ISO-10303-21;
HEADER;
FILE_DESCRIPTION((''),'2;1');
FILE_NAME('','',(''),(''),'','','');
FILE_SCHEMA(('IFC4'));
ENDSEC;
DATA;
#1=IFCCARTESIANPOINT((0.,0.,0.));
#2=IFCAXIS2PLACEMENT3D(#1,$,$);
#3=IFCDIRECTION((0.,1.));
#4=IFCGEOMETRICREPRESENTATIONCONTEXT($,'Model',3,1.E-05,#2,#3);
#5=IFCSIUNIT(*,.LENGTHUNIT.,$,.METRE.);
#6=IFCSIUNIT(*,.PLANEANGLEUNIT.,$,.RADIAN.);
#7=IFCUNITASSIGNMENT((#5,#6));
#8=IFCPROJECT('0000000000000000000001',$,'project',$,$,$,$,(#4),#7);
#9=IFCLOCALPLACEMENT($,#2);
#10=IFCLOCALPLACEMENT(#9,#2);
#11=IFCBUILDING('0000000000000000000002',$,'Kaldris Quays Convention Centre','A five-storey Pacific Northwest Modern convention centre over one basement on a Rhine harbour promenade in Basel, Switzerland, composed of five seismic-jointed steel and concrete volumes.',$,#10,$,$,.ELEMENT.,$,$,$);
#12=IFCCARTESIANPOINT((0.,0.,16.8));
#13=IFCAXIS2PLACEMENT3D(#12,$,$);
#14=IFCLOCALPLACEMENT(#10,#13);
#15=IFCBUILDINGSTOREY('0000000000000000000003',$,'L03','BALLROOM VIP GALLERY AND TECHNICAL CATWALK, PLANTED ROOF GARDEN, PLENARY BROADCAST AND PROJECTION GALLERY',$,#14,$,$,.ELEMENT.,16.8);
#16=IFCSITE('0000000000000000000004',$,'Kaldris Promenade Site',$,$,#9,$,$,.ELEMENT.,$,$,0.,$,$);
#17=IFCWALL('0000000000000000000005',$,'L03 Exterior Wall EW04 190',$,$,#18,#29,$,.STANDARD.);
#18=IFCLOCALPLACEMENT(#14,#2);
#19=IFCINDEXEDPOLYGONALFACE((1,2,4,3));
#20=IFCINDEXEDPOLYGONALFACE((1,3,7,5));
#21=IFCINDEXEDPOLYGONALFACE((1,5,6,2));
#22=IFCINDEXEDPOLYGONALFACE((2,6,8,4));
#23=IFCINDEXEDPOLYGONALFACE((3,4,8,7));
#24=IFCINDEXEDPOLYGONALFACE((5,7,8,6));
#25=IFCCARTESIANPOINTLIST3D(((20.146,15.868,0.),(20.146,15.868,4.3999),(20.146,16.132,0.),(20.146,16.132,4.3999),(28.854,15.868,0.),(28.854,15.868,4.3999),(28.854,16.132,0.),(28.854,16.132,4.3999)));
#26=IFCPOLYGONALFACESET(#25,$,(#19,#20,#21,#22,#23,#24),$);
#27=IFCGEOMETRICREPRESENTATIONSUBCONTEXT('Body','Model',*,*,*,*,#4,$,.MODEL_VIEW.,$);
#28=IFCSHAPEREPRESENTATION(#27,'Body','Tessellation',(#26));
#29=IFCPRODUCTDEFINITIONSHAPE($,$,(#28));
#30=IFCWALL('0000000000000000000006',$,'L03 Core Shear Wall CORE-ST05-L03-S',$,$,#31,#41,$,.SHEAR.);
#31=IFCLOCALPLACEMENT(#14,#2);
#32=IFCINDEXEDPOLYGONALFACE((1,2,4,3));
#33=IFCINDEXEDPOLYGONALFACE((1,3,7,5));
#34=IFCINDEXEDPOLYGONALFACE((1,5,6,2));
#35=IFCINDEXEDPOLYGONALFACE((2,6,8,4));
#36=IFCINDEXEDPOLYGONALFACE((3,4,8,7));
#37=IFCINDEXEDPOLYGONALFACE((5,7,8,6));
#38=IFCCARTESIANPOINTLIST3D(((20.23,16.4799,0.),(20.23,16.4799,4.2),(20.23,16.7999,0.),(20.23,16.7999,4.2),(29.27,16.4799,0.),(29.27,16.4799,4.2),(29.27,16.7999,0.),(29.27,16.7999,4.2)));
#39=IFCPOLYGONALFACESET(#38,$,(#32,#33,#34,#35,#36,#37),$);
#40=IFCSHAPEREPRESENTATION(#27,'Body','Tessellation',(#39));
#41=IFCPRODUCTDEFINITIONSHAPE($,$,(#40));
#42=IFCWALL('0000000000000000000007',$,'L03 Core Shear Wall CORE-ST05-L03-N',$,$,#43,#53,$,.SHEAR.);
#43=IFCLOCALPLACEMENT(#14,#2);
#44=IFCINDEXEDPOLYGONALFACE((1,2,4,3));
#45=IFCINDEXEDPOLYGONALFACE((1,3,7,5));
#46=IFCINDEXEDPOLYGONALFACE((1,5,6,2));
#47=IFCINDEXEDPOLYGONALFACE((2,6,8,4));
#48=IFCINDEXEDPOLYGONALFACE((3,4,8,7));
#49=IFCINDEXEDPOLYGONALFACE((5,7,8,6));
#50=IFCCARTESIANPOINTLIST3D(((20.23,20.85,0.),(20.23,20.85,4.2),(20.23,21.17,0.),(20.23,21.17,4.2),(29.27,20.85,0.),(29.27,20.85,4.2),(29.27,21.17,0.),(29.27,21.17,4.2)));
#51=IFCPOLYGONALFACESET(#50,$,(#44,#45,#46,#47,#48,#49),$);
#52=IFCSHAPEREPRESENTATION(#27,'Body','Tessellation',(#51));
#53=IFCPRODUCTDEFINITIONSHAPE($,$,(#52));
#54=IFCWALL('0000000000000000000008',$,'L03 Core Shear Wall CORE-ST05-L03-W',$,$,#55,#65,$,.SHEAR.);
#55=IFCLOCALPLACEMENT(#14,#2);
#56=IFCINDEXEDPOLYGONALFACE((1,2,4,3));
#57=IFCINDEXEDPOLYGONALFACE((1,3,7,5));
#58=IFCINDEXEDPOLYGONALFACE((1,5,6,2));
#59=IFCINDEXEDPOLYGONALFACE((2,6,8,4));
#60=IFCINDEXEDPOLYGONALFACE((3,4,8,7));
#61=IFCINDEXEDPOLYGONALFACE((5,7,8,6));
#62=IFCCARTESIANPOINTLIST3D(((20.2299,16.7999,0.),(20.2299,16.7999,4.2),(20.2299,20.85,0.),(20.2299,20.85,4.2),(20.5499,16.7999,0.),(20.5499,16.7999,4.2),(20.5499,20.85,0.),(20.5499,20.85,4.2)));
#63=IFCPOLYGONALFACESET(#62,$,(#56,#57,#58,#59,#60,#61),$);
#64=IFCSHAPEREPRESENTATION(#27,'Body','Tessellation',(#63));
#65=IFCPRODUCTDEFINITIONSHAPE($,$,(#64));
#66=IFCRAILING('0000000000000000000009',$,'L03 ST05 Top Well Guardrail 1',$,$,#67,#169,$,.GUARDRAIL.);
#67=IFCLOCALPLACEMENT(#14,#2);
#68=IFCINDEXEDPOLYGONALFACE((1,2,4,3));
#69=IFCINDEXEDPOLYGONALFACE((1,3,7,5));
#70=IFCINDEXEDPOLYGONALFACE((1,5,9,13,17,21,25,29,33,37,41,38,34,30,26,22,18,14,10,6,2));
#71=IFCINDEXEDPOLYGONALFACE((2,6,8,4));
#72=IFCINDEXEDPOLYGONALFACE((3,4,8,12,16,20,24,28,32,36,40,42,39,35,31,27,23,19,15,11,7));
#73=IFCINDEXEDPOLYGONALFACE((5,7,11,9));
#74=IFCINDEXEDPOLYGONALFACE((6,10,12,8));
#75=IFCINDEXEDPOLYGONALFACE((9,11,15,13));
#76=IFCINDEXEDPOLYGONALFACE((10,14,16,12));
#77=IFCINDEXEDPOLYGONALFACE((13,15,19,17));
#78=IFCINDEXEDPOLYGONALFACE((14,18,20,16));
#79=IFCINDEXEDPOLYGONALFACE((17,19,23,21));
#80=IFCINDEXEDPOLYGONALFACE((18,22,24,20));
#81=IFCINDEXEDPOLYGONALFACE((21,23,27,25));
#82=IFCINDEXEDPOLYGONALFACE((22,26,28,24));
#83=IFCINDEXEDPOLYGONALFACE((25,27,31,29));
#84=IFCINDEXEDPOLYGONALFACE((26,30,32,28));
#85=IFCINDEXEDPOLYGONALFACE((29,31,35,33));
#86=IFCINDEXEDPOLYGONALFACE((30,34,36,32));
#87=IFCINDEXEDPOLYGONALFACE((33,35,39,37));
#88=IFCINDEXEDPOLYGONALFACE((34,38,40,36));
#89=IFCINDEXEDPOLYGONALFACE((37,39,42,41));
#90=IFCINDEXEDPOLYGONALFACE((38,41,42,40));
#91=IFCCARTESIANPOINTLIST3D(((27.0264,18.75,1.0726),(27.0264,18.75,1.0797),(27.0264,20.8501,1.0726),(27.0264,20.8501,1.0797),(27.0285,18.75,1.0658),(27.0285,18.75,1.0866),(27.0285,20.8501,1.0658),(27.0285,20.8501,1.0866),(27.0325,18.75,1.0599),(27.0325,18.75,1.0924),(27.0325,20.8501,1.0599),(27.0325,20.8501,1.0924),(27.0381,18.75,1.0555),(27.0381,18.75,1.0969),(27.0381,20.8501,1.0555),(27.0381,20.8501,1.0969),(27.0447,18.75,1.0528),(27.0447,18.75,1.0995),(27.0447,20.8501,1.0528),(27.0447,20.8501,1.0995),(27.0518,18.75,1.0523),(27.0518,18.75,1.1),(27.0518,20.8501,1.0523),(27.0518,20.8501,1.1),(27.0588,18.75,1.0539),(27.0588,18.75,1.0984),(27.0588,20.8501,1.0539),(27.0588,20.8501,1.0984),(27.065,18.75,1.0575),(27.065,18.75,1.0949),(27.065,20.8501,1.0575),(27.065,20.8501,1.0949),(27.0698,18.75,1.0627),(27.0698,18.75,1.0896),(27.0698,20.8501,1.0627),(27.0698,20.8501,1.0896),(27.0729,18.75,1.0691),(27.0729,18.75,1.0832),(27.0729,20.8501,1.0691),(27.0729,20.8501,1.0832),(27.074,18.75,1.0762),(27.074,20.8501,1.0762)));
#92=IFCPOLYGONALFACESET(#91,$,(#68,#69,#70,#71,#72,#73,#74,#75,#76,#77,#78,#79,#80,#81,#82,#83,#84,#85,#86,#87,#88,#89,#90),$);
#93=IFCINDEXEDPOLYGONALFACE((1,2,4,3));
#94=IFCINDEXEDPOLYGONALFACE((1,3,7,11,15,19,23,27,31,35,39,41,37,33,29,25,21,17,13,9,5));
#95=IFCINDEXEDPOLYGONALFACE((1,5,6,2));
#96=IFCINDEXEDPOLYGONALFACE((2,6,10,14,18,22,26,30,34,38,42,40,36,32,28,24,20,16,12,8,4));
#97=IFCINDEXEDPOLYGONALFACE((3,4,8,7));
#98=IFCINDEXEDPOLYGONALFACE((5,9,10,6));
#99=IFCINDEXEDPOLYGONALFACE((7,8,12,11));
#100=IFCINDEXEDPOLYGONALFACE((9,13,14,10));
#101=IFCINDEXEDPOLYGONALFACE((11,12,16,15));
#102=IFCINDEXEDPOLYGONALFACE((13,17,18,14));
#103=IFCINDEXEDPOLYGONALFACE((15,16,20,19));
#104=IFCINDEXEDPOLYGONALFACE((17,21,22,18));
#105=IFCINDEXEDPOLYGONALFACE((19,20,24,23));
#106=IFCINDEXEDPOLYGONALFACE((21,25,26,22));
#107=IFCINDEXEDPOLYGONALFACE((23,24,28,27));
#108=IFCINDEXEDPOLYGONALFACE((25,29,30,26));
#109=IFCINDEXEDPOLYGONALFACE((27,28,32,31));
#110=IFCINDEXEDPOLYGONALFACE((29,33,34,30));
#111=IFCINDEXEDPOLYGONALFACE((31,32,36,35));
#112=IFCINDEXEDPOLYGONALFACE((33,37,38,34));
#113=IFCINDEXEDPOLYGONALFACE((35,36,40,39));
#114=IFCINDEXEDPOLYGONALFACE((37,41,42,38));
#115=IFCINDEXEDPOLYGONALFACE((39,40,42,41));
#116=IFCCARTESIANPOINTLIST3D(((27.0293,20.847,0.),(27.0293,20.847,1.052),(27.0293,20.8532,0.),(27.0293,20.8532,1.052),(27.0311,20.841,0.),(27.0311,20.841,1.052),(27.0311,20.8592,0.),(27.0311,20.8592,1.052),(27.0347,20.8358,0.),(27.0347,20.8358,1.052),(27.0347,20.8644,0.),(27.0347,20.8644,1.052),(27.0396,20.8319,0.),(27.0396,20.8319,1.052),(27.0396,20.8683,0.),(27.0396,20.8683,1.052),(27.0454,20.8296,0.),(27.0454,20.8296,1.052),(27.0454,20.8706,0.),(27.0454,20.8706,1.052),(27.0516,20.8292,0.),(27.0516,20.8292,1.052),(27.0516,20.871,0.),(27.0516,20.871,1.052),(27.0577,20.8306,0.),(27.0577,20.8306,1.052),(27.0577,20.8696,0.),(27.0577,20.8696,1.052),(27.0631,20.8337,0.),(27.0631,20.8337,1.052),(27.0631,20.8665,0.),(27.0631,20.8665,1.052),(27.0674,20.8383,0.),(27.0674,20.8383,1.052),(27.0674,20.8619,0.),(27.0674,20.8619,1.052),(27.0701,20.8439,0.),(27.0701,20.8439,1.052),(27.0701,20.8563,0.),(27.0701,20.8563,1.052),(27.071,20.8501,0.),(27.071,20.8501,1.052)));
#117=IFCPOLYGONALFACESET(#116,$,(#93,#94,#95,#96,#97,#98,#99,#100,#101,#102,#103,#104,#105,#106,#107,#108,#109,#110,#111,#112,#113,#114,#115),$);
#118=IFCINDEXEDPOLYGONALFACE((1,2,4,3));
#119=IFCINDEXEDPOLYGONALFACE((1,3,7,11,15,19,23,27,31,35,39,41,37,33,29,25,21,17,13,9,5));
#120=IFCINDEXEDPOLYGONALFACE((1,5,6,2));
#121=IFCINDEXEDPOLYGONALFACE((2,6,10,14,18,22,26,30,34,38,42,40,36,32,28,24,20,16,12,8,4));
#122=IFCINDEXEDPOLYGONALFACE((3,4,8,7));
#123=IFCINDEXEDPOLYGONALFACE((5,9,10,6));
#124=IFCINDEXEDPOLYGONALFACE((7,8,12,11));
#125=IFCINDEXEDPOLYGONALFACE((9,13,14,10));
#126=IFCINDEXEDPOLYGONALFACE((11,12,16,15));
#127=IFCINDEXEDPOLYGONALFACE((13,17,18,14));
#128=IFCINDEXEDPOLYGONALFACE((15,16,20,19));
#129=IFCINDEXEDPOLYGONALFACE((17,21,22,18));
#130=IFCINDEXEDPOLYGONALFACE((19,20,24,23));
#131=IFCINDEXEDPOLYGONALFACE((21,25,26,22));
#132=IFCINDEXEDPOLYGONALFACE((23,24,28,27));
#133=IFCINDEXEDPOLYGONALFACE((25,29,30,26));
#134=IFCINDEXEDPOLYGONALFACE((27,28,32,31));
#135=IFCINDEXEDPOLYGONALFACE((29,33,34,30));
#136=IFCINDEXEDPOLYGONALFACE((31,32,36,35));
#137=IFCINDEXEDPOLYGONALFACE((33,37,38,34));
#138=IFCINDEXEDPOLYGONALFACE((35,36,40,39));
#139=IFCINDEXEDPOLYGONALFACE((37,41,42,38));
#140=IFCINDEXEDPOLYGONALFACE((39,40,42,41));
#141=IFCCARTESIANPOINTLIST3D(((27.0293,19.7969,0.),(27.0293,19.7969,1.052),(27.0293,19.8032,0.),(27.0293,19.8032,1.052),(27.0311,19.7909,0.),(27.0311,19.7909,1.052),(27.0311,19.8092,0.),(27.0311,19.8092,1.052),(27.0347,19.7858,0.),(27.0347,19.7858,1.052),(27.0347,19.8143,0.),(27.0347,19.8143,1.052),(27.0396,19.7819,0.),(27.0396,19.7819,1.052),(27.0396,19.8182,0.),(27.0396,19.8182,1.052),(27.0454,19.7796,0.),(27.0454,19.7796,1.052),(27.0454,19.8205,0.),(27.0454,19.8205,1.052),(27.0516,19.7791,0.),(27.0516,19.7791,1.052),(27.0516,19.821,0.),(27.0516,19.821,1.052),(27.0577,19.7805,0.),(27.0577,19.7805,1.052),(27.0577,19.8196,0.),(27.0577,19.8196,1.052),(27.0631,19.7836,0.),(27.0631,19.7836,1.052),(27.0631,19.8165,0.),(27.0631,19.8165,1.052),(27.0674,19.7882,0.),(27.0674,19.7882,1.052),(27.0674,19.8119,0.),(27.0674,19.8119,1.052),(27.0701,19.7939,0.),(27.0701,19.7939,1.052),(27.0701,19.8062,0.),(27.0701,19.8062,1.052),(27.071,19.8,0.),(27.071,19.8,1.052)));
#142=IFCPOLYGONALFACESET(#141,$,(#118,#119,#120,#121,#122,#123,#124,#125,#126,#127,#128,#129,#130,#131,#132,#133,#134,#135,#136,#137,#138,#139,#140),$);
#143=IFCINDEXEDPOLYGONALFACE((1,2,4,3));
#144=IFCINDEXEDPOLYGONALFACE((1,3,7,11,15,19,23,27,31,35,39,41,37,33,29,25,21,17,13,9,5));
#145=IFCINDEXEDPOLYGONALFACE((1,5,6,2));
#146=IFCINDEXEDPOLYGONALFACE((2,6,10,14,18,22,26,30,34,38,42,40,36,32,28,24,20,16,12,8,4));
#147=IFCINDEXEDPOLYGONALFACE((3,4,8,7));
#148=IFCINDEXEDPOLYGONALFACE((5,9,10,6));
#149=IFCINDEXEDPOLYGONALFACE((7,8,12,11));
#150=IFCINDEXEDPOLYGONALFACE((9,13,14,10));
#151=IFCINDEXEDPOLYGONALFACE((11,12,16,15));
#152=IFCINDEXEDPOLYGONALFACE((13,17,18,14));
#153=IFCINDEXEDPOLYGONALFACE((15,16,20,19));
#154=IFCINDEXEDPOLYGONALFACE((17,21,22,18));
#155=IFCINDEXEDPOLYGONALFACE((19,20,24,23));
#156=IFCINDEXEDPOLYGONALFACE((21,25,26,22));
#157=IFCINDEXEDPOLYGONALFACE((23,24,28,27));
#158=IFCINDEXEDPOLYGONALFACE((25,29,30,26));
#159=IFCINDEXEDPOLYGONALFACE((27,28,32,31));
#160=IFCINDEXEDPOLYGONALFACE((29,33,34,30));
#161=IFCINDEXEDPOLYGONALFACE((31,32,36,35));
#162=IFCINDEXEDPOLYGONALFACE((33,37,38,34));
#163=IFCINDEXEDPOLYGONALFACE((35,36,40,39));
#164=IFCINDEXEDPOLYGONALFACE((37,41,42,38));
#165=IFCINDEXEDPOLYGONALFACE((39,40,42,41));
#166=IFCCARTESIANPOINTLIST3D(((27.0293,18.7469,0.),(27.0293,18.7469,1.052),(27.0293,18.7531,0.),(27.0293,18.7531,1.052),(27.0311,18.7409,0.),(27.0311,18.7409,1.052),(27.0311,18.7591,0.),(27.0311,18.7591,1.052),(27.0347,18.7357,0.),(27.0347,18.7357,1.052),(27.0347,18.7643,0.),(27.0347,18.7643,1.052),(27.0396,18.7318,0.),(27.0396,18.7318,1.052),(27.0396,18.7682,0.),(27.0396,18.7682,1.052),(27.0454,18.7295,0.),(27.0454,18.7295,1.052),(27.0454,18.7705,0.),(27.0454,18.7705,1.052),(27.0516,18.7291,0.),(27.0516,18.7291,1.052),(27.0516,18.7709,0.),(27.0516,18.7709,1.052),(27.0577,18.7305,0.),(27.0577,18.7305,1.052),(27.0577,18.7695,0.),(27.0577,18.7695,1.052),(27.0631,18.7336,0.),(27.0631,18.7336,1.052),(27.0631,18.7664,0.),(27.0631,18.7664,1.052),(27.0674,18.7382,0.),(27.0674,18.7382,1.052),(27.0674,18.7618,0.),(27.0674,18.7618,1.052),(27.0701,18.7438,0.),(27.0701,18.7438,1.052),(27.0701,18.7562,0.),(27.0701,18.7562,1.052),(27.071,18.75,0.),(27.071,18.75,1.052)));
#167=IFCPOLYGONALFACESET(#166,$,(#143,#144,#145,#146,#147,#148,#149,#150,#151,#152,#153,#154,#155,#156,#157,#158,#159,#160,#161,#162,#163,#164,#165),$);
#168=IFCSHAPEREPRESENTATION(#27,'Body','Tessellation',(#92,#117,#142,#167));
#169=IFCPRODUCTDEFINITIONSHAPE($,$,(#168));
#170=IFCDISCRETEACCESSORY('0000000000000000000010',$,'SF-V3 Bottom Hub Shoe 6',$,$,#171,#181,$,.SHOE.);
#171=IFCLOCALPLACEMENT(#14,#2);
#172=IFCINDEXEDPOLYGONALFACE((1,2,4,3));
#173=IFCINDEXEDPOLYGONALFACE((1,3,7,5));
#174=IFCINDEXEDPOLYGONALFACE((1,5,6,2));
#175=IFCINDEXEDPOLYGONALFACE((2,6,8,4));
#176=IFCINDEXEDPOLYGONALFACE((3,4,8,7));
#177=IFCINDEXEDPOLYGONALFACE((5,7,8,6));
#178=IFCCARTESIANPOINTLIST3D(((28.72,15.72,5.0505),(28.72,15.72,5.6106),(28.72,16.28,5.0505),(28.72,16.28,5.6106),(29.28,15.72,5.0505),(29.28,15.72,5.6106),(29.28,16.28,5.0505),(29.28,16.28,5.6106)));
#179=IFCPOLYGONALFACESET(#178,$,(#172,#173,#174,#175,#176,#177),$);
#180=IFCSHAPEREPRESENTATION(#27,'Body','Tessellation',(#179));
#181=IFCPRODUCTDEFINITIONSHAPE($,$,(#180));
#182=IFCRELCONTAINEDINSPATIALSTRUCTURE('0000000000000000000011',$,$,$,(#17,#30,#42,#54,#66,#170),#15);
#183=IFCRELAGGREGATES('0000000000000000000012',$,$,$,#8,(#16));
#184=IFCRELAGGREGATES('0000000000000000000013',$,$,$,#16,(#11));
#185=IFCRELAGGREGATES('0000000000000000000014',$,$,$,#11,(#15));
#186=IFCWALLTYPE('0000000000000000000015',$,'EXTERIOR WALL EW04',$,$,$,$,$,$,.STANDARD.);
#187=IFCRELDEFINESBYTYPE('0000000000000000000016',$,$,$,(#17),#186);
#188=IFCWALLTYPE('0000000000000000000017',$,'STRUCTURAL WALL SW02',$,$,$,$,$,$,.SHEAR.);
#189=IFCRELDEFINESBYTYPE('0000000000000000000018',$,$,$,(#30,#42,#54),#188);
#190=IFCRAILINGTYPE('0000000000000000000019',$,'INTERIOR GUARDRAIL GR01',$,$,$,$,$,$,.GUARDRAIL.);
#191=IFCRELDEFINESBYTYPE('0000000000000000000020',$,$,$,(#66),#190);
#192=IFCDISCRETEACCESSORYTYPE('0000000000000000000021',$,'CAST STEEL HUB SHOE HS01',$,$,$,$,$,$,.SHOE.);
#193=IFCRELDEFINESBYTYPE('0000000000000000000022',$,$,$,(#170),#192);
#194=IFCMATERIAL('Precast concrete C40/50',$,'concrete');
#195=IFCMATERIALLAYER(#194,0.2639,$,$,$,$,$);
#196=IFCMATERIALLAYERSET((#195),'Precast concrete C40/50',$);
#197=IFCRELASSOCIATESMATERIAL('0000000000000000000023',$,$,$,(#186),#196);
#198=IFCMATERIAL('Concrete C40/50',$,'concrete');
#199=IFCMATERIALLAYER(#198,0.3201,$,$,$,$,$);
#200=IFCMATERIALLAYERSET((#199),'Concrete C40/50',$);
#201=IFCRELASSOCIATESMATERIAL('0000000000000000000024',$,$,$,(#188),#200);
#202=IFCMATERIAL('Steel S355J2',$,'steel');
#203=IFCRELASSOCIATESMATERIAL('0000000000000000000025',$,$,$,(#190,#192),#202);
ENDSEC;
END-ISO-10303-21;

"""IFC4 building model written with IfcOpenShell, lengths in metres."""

from ifc_helpers import new_model, si_unit, direction, frame, frame_2d, origin, origin_2d, place, context, subcontext, project, spatial, rectangle, circle, extrude, material, layer, layer_set, type_object, element, save


model = new_model("IFC4")

# Units and contexts
model_context = context("Model", 3, precision=1e-05, world=origin(), true_north=direction((0.0, 1.0)))
body_context = subcontext(model_context, "Body", "Model", "MODEL_VIEW")
ifc_project = project(units=[si_unit("LENGTHUNIT", "METRE"), si_unit("PLANEANGLEUNIT", "RADIAN")], contexts=[model_context])

# Site, building, storey
site_placement = place(None, origin())
site = spatial("IfcSite", under=ifc_project, at=site_placement, Name="Kaldris Promenade Site", CompositionType="ELEMENT", RefElevation=0.0)
building_placement = place(site_placement, origin())
building = spatial("IfcBuilding", under=site, at=building_placement, Name="Kaldris Quays Convention Centre", Description="A five-storey Pacific Northwest Modern convention centre over one basement on a Rhine harbour promenade in Basel, Switzerland, composed of five seismic-jointed steel and concrete volumes.", CompositionType="ELEMENT")
storey_placement = place(building_placement, frame((0.0, 0.0, 16.8)))
storey = spatial("IfcBuildingStorey", under=building, at=storey_placement, Name="L03", Description="BALLROOM VIP GALLERY AND TECHNICAL CATWALK, PLANTED ROOF GARDEN, PLENARY BROADCAST AND PROJECTION GALLERY", CompositionType="ELEMENT", Elevation=16.8)

# Shared definitions
ifc_material_1 = material(Name="Steel S355J2", Category="steel")

# Walls
ifc_material_2 = material(Name="Precast concrete C40/50", Category="concrete")
ifc_layer_1 = layer(ifc_material_2, 0.2639)
ifc_layer_set_1 = layer_set([ifc_layer_1], Name="Precast concrete C40/50")
wall_type_1 = type_object("IfcWallType", Name="EXTERIOR WALL EW04", PredefinedType="STANDARD", material=ifc_layer_set_1)
wall_1_placement = place(storey_placement, frame((20.146, 16.0, 0.0), z_axis=(0.0, 0.0, 1.0), x_axis=(1.0, 0.0, 0.0)))
element("IfcWall", 1, at=wall_1_placement, inside=storey, type_object=wall_type_1, Name="L03 Exterior Wall EW04 190", PredefinedType="STANDARD", context=body_context, shape_type="SweptSolid", body=[
    extrude(rectangle(XDim=8.708, YDim=0.2639, at=frame_2d((4.354, 0.0))), origin(), (0.0, 0.0, 1.0), 4.3999),
])
ifc_material_3 = material(Name="Concrete C40/50", Category="concrete")
ifc_layer_2 = layer(ifc_material_3, 0.3201)
ifc_layer_set_2 = layer_set([ifc_layer_2], Name="Concrete C40/50")
wall_type_2 = type_object("IfcWallType", Name="STRUCTURAL WALL SW02", PredefinedType="SHEAR", material=ifc_layer_set_2)
for number, where, z_axis, x_axis, name in (
    (2, (20.23, 16.6399, 0.0), (0.0, 0.0, 1.0), (1.0, 0.0, 0.0), "L03 Core Shear Wall CORE-ST05-L03-S"),
    (3, (20.23, 21.01, 0.0), (0.0, 0.0, 1.0), (1.0, 0.0, 0.0), "L03 Core Shear Wall CORE-ST05-L03-N"),
):
    element("IfcWall", number, at=place(storey_placement, frame(where, z_axis=z_axis, x_axis=x_axis)), inside=storey, type_object=wall_type_2, Name=name, PredefinedType="SHEAR", context=body_context, shape_type="SweptSolid", body=[
        extrude(rectangle(XDim=9.04, YDim=0.3201, at=frame_2d((4.52, 0.0))), origin(), (0.0, 0.0, 1.0), 4.2),
    ])
wall_2_placement = place(storey_placement, frame((20.3899, 16.8, 0.0), z_axis=(0.0, 0.0, 1.0), x_axis=(0.0, 1.0, 0.0)))
element("IfcWall", 4, at=wall_2_placement, inside=storey, type_object=wall_type_2, Name="L03 Core Shear Wall CORE-ST05-L03-W", PredefinedType="SHEAR", context=body_context, shape_type="SweptSolid", body=[
    extrude(rectangle(XDim=4.05, YDim=0.3201, at=frame_2d((2.0249, 0.0))), origin(), (0.0, 0.0, 1.0), 4.2),
])

# Railing
railing_type = type_object("IfcRailingType", Name="INTERIOR GUARDRAIL GR01", PredefinedType="GUARDRAIL", material=ifc_material_1)
railing_placement = place(storey_placement, frame((27.05, 20.8501, 0.0)))
element("IfcRailing", 5, at=railing_placement, inside=storey, type_object=railing_type, Name="L03 ST05 Top Well Guardrail 1", PredefinedType="GUARDRAIL", context=body_context, shape_type="SweptSolid", body=[
    extrude(circle(Radius=0.0239, at=origin_2d()), frame((0.0, 0.0, 1.0762), z_axis=(0.0, -1.0, 0.0), x_axis=(1.0, 0.0, 0.0)), (0.0, 0.0, 1.0), 2.1001),
    extrude(circle(Radius=0.021, at=origin_2d()), origin(), (0.0, 0.0, 1.0), 1.052),
    extrude(circle(Radius=0.021, at=origin_2d()), frame((0.0, -1.05, 0.0)), (0.0, 0.0, 1.0), 1.052),
    extrude(circle(Radius=0.021, at=origin_2d()), frame((0.0, -2.1001, 0.0)), (0.0, 0.0, 1.0), 1.052),
])

# Discrete accessory
discrete_accessory_type = type_object("IfcDiscreteAccessoryType", Name="CAST STEEL HUB SHOE HS01", PredefinedType="SHOE", material=ifc_material_1)
discrete_accessory_placement = place(storey_placement, frame((29.0, 16.0, 5.0505), z_axis=(0.0, 0.0, 1.0), x_axis=(1.0, 0.0, 0.0)))
element("IfcDiscreteAccessory", 6, at=discrete_accessory_placement, inside=storey, type_object=discrete_accessory_type, Name="SF-V3 Bottom Hub Shoe 6", PredefinedType="SHOE", context=body_context, shape_type="SweptSolid", body=[
    extrude(rectangle(XDim=0.5601, YDim=0.5601, at=origin_2d()), origin(), (0.0, 0.0, 1.0), 0.5601),
])

save(model, "model.ifc")
